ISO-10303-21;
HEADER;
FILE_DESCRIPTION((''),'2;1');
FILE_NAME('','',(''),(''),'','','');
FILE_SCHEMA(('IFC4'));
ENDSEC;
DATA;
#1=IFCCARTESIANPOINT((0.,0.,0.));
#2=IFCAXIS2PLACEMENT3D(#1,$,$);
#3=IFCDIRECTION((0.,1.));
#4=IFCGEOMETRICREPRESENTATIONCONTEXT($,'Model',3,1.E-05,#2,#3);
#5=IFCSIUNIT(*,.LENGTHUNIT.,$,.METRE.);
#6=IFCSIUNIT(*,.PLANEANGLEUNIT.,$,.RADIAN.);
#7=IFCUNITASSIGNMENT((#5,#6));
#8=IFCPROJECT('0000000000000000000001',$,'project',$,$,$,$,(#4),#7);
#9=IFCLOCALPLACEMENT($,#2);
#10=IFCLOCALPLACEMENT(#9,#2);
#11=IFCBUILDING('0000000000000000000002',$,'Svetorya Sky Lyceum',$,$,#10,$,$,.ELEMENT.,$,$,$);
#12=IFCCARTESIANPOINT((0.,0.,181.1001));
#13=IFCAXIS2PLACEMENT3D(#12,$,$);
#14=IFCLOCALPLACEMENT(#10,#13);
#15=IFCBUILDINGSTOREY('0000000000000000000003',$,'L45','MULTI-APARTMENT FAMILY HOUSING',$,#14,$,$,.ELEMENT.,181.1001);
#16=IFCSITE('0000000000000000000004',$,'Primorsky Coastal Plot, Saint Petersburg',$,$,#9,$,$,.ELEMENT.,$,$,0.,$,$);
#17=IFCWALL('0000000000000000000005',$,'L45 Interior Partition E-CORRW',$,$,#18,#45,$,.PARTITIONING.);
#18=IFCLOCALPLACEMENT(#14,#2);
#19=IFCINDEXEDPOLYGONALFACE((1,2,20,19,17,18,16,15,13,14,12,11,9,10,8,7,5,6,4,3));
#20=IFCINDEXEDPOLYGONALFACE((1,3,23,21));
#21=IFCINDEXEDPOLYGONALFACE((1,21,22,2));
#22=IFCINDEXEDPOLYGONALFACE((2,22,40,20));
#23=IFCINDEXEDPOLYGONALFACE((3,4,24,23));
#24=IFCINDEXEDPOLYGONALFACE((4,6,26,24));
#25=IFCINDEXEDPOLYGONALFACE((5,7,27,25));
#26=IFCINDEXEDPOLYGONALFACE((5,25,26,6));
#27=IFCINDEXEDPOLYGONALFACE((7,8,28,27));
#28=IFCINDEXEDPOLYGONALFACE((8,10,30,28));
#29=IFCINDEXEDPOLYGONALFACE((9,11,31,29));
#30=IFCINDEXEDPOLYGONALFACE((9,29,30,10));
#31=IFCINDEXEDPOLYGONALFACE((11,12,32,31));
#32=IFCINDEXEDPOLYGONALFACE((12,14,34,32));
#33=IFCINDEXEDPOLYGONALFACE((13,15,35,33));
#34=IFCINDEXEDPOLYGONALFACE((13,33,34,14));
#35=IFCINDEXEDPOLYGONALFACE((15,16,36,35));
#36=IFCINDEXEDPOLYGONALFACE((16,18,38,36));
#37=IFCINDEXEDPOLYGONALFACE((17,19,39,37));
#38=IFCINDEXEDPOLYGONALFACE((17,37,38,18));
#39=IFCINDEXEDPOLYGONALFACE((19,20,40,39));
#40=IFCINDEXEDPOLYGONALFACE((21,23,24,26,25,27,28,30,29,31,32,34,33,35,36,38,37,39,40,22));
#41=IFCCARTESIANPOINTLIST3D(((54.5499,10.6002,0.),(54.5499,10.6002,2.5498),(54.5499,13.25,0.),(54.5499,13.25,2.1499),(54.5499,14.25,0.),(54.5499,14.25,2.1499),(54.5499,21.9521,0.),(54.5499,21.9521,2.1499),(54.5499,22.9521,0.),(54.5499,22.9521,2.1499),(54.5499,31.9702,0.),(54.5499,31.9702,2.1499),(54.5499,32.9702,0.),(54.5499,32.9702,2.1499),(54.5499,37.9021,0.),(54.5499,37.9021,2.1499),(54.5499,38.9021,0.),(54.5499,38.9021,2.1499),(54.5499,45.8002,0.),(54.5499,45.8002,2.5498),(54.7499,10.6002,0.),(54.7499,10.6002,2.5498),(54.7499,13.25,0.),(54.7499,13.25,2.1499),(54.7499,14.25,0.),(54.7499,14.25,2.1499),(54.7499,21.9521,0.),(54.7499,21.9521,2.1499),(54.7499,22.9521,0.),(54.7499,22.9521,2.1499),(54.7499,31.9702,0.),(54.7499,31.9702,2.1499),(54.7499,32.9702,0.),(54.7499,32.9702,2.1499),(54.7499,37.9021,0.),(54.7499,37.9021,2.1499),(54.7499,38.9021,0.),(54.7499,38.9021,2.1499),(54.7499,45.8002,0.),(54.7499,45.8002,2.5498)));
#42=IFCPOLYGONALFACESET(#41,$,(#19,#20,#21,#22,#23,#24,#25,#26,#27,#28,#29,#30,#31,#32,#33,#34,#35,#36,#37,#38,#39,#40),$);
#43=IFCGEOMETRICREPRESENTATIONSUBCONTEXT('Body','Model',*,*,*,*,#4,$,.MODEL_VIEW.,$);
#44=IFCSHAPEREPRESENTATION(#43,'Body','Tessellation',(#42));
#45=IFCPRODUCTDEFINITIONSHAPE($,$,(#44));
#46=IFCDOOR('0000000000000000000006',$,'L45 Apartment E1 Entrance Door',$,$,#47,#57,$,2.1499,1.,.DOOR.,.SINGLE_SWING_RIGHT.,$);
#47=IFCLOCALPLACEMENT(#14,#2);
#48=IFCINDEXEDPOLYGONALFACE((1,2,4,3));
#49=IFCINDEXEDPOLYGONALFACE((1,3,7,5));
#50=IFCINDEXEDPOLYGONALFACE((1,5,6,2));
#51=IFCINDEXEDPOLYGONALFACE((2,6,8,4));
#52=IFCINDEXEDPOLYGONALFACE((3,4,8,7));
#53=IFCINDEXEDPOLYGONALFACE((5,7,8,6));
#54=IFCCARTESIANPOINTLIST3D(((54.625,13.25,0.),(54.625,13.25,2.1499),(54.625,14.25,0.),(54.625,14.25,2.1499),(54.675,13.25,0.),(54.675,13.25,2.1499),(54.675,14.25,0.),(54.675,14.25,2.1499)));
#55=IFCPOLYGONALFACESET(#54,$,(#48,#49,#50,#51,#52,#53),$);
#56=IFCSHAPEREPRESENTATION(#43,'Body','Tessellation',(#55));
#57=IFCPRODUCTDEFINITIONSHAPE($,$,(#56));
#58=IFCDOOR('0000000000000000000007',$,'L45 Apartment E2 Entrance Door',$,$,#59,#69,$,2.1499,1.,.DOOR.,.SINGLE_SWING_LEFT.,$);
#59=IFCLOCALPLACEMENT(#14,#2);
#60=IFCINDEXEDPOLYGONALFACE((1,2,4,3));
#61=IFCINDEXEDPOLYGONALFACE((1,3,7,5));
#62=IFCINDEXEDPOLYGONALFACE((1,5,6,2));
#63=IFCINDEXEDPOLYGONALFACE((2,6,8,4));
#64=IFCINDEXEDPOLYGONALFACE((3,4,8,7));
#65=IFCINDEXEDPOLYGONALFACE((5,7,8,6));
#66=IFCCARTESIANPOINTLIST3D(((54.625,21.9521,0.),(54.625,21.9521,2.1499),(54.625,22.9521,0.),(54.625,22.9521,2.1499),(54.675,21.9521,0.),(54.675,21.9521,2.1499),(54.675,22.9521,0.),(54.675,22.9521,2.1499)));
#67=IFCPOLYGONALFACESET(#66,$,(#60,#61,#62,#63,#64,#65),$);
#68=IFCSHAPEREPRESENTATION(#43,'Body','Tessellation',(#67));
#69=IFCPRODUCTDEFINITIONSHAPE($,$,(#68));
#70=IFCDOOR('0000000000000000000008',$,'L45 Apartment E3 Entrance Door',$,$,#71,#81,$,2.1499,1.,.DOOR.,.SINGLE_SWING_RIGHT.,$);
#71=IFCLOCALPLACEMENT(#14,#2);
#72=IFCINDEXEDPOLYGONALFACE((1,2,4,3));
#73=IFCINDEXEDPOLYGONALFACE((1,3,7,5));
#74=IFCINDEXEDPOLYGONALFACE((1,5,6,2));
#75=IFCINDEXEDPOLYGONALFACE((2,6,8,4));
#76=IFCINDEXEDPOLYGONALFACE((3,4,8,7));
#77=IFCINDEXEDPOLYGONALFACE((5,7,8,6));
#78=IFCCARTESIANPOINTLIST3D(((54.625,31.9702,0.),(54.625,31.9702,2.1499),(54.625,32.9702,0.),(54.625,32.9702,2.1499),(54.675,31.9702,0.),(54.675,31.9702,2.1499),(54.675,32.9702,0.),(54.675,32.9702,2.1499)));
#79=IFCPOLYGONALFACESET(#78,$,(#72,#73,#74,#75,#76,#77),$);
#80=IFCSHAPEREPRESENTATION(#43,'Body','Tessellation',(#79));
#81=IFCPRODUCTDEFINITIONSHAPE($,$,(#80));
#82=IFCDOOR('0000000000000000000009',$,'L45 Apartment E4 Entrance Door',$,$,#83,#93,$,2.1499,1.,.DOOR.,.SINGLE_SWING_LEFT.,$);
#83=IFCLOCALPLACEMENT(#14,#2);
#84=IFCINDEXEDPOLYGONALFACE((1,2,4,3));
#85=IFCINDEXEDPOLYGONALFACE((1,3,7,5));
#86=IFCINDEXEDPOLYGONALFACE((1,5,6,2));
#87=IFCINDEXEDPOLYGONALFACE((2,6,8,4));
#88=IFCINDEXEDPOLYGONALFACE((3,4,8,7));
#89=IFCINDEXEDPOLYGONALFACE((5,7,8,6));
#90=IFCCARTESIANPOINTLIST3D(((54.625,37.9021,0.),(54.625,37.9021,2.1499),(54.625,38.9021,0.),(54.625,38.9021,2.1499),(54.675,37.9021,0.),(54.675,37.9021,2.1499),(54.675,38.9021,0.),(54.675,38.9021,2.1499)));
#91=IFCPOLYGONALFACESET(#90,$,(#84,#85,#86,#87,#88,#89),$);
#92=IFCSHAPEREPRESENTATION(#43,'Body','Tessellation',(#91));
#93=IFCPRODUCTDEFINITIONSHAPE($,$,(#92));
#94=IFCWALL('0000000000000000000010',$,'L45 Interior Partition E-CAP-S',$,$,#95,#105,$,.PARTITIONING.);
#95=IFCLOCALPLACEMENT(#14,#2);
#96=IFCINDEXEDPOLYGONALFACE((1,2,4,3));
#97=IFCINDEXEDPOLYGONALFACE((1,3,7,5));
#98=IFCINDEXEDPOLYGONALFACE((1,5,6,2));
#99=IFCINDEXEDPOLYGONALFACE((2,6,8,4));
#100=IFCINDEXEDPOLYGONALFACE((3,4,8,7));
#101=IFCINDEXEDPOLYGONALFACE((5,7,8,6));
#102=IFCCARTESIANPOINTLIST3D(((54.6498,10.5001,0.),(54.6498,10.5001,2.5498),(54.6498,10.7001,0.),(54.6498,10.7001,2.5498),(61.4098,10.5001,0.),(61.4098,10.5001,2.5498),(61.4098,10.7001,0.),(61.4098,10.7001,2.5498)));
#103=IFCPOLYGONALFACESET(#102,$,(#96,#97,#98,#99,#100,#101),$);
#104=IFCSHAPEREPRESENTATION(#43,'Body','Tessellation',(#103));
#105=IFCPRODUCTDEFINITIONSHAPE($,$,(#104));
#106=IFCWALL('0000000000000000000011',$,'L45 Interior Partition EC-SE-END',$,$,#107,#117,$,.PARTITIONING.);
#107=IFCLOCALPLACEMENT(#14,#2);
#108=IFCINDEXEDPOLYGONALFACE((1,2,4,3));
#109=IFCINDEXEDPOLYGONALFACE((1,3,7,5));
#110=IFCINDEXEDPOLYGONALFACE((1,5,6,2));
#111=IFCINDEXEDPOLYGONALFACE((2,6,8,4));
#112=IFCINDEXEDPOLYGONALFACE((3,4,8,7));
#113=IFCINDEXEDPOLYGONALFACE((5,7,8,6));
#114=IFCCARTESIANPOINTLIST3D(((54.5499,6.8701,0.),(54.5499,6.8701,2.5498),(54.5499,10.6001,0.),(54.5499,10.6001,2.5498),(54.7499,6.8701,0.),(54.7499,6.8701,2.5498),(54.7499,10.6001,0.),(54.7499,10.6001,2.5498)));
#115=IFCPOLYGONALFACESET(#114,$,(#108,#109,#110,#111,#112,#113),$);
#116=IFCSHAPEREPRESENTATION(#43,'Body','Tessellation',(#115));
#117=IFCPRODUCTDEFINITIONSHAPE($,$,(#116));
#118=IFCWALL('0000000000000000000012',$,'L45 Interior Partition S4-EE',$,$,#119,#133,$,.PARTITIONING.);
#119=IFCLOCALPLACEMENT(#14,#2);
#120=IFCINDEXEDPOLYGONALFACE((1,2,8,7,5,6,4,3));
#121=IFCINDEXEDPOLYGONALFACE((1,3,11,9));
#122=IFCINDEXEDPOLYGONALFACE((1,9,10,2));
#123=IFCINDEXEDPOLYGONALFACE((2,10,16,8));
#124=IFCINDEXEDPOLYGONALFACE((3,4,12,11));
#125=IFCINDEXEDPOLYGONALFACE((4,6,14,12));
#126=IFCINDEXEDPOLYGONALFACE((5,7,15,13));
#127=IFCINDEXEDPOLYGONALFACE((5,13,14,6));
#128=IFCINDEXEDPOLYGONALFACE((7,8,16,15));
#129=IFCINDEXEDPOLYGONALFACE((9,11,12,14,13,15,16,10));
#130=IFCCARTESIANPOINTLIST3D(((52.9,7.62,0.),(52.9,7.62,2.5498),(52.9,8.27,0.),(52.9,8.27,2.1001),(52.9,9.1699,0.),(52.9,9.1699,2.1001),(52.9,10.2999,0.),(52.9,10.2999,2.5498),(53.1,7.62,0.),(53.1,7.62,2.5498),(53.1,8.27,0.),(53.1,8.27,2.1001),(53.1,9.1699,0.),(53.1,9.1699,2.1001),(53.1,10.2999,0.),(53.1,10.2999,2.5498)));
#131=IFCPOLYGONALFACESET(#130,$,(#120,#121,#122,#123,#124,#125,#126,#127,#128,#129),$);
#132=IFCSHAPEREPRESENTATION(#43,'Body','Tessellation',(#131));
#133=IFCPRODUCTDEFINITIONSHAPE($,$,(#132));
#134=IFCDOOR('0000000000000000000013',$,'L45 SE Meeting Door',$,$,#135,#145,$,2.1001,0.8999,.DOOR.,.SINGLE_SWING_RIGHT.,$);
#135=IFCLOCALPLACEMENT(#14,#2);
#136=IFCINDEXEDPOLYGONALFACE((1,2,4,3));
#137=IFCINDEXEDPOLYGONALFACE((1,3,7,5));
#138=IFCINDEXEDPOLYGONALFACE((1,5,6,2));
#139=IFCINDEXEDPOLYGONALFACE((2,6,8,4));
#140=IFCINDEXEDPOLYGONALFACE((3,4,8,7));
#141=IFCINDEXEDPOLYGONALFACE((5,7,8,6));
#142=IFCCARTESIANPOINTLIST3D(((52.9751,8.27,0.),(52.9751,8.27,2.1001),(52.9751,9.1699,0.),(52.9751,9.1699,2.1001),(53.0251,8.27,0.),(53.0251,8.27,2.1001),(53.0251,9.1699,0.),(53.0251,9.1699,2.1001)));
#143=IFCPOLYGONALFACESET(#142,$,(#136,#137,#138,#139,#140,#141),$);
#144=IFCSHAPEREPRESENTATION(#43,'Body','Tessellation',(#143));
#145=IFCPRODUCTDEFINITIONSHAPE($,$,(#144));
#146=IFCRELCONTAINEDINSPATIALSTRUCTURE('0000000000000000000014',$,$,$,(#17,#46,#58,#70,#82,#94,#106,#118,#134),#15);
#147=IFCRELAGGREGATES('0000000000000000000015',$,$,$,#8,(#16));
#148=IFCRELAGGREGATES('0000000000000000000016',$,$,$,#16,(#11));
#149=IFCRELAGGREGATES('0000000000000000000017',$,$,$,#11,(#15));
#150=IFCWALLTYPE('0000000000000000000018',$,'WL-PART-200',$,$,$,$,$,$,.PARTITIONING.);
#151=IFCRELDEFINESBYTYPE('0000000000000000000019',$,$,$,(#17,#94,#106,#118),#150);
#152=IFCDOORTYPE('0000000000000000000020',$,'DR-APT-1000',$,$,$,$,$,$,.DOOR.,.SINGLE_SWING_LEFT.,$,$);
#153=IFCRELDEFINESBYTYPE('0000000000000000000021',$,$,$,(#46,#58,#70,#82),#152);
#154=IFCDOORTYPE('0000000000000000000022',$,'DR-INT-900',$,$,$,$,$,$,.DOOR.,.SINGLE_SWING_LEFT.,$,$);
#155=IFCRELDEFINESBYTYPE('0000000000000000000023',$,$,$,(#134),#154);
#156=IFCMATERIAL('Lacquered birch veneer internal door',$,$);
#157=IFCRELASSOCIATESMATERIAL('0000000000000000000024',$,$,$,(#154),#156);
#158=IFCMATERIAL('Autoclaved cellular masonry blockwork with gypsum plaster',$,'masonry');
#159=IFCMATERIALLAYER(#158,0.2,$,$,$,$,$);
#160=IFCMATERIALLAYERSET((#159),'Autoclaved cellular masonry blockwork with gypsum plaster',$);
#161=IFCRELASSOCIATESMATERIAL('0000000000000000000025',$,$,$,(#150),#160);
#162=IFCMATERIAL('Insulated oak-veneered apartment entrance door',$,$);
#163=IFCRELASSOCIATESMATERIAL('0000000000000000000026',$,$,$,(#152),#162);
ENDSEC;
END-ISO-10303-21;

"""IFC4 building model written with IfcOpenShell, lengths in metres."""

from ifc_helpers import new_model, si_unit, direction, frame, frame_2d, origin, place, context, subcontext, project, spatial, rectangle, extrude, material, layer, layer_set, type_object, element, fill, save


model = new_model("IFC4")

# Units and contexts
model_context = context("Model", 3, precision=1e-05, world=origin(), true_north=direction((0.0, 1.0)))
body_context = subcontext(model_context, "Body", "Model", "MODEL_VIEW")
ifc_project = project(units=[si_unit("LENGTHUNIT", "METRE"), si_unit("PLANEANGLEUNIT", "RADIAN")], contexts=[model_context])

# Site, building, storey
site_placement = place(None, origin())
site = spatial("IfcSite", under=ifc_project, at=site_placement, Name="Primorsky Coastal Plot, Saint Petersburg", CompositionType="ELEMENT", RefElevation=0.0)
building_placement = place(site_placement, origin())
building = spatial("IfcBuilding", under=site, at=building_placement, Name="Svetorya Sky Lyceum", CompositionType="ELEMENT")
storey_placement = place(building_placement, frame((0.0, 0.0, 181.1001)))
storey = spatial("IfcBuildingStorey", under=building, at=storey_placement, Name="L45", Description="MULTI-APARTMENT FAMILY HOUSING", CompositionType="ELEMENT", Elevation=181.1001)

# Shared definitions
ifc_material_1 = material(Name="Lacquered birch veneer internal door")
door_type_1 = type_object("IfcDoorType", Name="DR-INT-900", OperationType="SINGLE_SWING_LEFT", PredefinedType="DOOR", material=ifc_material_1)

# Wall, openings, doors
ifc_material_2 = material(Name="Autoclaved cellular masonry blockwork with gypsum plaster", Category="masonry")
ifc_layer_1 = layer(ifc_material_2, 0.2)
ifc_layer_set_1 = layer_set([ifc_layer_1], Name="Autoclaved cellular masonry blockwork with gypsum plaster")
wall_type_1 = type_object("IfcWallType", Name="WL-PART-200", PredefinedType="PARTITIONING", material=ifc_layer_set_1)
wall_1_placement = place(storey_placement, frame((54.6499, 10.6001, 0.0), z_axis=(0.0, 0.0, 1.0), x_axis=(0.0, 1.0, 0.0)))
wall_1 = element("IfcWall", 1, at=wall_1_placement, inside=storey, type_object=wall_type_1, Name="L45 Interior Partition E-CORRW", PredefinedType="PARTITIONING", context=body_context, shape_type="SweptSolid", body=[
    extrude(rectangle(XDim=35.2, YDim=0.2, at=frame_2d((17.6001, 0.0))), origin(), (0.0, 0.0, 1.0), 2.5498),
])
opening_1_placement = place(wall_1_placement, frame((2.6499, 0.0, 0.0)))
opening_1 = element("IfcOpeningElement", 2, at=opening_1_placement, cuts=wall_1, PredefinedType="OPENING", context=body_context, shape_type="SweptSolid", body=[
    extrude(rectangle(XDim=1.0, YDim=2.1499, at=frame_2d((0.5, 1.075))), frame((0.0, 0.1099, 0.0), z_axis=(0.0, -1.0, 0.0), x_axis=(1.0, 0.0, 0.0)), (0.0, 0.0, 1.0), 0.22),
])
opening_2_placement = place(wall_1_placement, frame((11.3521, 0.0, 0.0)))
opening_2 = element("IfcOpeningElement", 3, at=opening_2_placement, cuts=wall_1, PredefinedType="OPENING", context=body_context, shape_type="SweptSolid", body=[
    extrude(rectangle(XDim=1.0, YDim=2.1499, at=frame_2d((0.5, 1.075))), frame((0.0, 0.1099, 0.0), z_axis=(0.0, -1.0, 0.0), x_axis=(1.0, 0.0, 0.0)), (0.0, 0.0, 1.0), 0.22),
])
opening_3_placement = place(wall_1_placement, frame((21.3701, 0.0, 0.0)))
opening_3 = element("IfcOpeningElement", 4, at=opening_3_placement, cuts=wall_1, PredefinedType="OPENING", context=body_context, shape_type="SweptSolid", body=[
    extrude(rectangle(XDim=1.0, YDim=2.1499, at=frame_2d((0.5, 1.075))), frame((0.0, 0.1099, 0.0), z_axis=(0.0, -1.0, 0.0), x_axis=(1.0, 0.0, 0.0)), (0.0, 0.0, 1.0), 0.22),
])
opening_4_placement = place(wall_1_placement, frame((27.302, 0.0, 0.0)))
opening_4 = element("IfcOpeningElement", 5, at=opening_4_placement, cuts=wall_1, PredefinedType="OPENING", context=body_context, shape_type="SweptSolid", body=[
    extrude(rectangle(XDim=1.0, YDim=2.1499, at=frame_2d((0.5, 1.075))), frame((0.0, 0.1099, 0.0), z_axis=(0.0, -1.0, 0.0), x_axis=(1.0, 0.0, 0.0)), (0.0, 0.0, 1.0), 0.22),
])
ifc_material_3 = material(Name="Insulated oak-veneered apartment entrance door")
door_type_2 = type_object("IfcDoorType", Name="DR-APT-1000", OperationType="SINGLE_SWING_LEFT", PredefinedType="DOOR", material=ifc_material_3)
door_1_placement = place(opening_1_placement, origin())
door_1 = element("IfcDoor", 6, at=door_1_placement, inside=storey, type_object=door_type_2, Name="L45 Apartment E1 Entrance Door", OperationType="SINGLE_SWING_RIGHT", OverallHeight=2.1499, OverallWidth=1.0, PredefinedType="DOOR", context=body_context, shape_type="SweptSolid", body=[
    extrude(rectangle(XDim=1.0, YDim=2.1499, at=frame_2d((0.5, 1.075))), frame((0.0, 0.0249, 0.0), z_axis=(0.0, -1.0, 0.0), x_axis=(1.0, 0.0, 0.0)), (0.0, 0.0, 1.0), 0.05),
])
fill(opening_1, door_1)
door_2_placement = place(opening_2_placement, origin())
door_2 = element("IfcDoor", 7, at=door_2_placement, inside=storey, type_object=door_type_2, Name="L45 Apartment E2 Entrance Door", OperationType="SINGLE_SWING_LEFT", OverallHeight=2.1499, OverallWidth=1.0, PredefinedType="DOOR", context=body_context, shape_type="SweptSolid", body=[
    extrude(rectangle(XDim=1.0, YDim=2.1499, at=frame_2d((0.5, 1.075))), frame((0.0, 0.0249, 0.0), z_axis=(0.0, -1.0, 0.0), x_axis=(1.0, 0.0, 0.0)), (0.0, 0.0, 1.0), 0.05),
])
fill(opening_2, door_2)
door_3_placement = place(opening_3_placement, origin())
door_3 = element("IfcDoor", 8, at=door_3_placement, inside=storey, type_object=door_type_2, Name="L45 Apartment E3 Entrance Door", OperationType="SINGLE_SWING_RIGHT", OverallHeight=2.1499, OverallWidth=1.0, PredefinedType="DOOR", context=body_context, shape_type="SweptSolid", body=[
    extrude(rectangle(XDim=1.0, YDim=2.1499, at=frame_2d((0.5, 1.075))), frame((0.0, 0.0249, 0.0), z_axis=(0.0, -1.0, 0.0), x_axis=(1.0, 0.0, 0.0)), (0.0, 0.0, 1.0), 0.05),
])
fill(opening_3, door_3)
door_4_placement = place(opening_4_placement, origin())
door_4 = element("IfcDoor", 9, at=door_4_placement, inside=storey, type_object=door_type_2, Name="L45 Apartment E4 Entrance Door", OperationType="SINGLE_SWING_LEFT", OverallHeight=2.1499, OverallWidth=1.0, PredefinedType="DOOR", context=body_context, shape_type="SweptSolid", body=[
    extrude(rectangle(XDim=1.0, YDim=2.1499, at=frame_2d((0.5, 1.075))), frame((0.0, 0.0249, 0.0), z_axis=(0.0, -1.0, 0.0), x_axis=(1.0, 0.0, 0.0)), (0.0, 0.0, 1.0), 0.05),
])
fill(opening_4, door_4)

# Walls
wall_2_placement = place(storey_placement, frame((54.6499, 10.6001, 0.0), z_axis=(0.0, 0.0, 1.0), x_axis=(1.0, 0.0, 0.0)))
element("IfcWall", 10, at=wall_2_placement, inside=storey, type_object=wall_type_1, Name="L45 Interior Partition E-CAP-S", PredefinedType="PARTITIONING", context=body_context, shape_type="SweptSolid", body=[
    extrude(rectangle(XDim=6.76, YDim=0.2, at=frame_2d((3.3799, 0.0))), origin(), (0.0, 0.0, 1.0), 2.5498),
])
wall_3_placement = place(storey_placement, frame((54.6499, 6.8701, 0.0), z_axis=(0.0, 0.0, 1.0), x_axis=(0.0, 1.0, 0.0)))
element("IfcWall", 11, at=wall_3_placement, inside=storey, type_object=wall_type_1, Name="L45 Interior Partition EC-SE-END", PredefinedType="PARTITIONING", context=body_context, shape_type="SweptSolid", body=[
    extrude(rectangle(XDim=3.73, YDim=0.2, at=frame_2d((1.865, 0.0))), origin(), (0.0, 0.0, 1.0), 2.5498),
])

# Wall, opening, door
wall_4_placement = place(storey_placement, frame((53.0, 7.6201, 0.0), z_axis=(0.0, 0.0, 1.0), x_axis=(0.0, 1.0, 0.0)))
wall_4 = element("IfcWall", 12, at=wall_4_placement, inside=storey, type_object=wall_type_1, Name="L45 Interior Partition S4-EE", PredefinedType="PARTITIONING", context=body_context, shape_type="SweptSolid", body=[
    extrude(rectangle(XDim=2.6799, YDim=0.2, at=frame_2d((1.3398, 0.0))), origin(), (0.0, 0.0, 1.0), 2.5498),
])
opening_5_placement = place(wall_4_placement, frame((0.6499, 0.0, 0.0)))
opening_5 = element("IfcOpeningElement", 13, at=opening_5_placement, cuts=wall_4, PredefinedType="OPENING", context=body_context, shape_type="SweptSolid", body=[
    extrude(rectangle(XDim=0.8999, YDim=2.1001, at=frame_2d((0.45, 1.05))), frame((0.0, 0.1099, 0.0), z_axis=(0.0, -1.0, 0.0), x_axis=(1.0, 0.0, 0.0)), (0.0, 0.0, 1.0), 0.22),
])
door_5_placement = place(opening_5_placement, origin())
door_5 = element("IfcDoor", 14, at=door_5_placement, inside=storey, type_object=door_type_1, Name="L45 SE Meeting Door", OperationType="SINGLE_SWING_RIGHT", OverallHeight=2.1001, OverallWidth=0.8999, PredefinedType="DOOR", context=body_context, shape_type="SweptSolid", body=[
    extrude(rectangle(XDim=0.8999, YDim=2.1001, at=frame_2d((0.45, 1.05))), frame((0.0, 0.0249, 0.0), z_axis=(0.0, -1.0, 0.0), x_axis=(1.0, 0.0, 0.0)), (0.0, 0.0, 1.0), 0.05),
])
fill(opening_5, door_5)

save(model, "model.ifc")
